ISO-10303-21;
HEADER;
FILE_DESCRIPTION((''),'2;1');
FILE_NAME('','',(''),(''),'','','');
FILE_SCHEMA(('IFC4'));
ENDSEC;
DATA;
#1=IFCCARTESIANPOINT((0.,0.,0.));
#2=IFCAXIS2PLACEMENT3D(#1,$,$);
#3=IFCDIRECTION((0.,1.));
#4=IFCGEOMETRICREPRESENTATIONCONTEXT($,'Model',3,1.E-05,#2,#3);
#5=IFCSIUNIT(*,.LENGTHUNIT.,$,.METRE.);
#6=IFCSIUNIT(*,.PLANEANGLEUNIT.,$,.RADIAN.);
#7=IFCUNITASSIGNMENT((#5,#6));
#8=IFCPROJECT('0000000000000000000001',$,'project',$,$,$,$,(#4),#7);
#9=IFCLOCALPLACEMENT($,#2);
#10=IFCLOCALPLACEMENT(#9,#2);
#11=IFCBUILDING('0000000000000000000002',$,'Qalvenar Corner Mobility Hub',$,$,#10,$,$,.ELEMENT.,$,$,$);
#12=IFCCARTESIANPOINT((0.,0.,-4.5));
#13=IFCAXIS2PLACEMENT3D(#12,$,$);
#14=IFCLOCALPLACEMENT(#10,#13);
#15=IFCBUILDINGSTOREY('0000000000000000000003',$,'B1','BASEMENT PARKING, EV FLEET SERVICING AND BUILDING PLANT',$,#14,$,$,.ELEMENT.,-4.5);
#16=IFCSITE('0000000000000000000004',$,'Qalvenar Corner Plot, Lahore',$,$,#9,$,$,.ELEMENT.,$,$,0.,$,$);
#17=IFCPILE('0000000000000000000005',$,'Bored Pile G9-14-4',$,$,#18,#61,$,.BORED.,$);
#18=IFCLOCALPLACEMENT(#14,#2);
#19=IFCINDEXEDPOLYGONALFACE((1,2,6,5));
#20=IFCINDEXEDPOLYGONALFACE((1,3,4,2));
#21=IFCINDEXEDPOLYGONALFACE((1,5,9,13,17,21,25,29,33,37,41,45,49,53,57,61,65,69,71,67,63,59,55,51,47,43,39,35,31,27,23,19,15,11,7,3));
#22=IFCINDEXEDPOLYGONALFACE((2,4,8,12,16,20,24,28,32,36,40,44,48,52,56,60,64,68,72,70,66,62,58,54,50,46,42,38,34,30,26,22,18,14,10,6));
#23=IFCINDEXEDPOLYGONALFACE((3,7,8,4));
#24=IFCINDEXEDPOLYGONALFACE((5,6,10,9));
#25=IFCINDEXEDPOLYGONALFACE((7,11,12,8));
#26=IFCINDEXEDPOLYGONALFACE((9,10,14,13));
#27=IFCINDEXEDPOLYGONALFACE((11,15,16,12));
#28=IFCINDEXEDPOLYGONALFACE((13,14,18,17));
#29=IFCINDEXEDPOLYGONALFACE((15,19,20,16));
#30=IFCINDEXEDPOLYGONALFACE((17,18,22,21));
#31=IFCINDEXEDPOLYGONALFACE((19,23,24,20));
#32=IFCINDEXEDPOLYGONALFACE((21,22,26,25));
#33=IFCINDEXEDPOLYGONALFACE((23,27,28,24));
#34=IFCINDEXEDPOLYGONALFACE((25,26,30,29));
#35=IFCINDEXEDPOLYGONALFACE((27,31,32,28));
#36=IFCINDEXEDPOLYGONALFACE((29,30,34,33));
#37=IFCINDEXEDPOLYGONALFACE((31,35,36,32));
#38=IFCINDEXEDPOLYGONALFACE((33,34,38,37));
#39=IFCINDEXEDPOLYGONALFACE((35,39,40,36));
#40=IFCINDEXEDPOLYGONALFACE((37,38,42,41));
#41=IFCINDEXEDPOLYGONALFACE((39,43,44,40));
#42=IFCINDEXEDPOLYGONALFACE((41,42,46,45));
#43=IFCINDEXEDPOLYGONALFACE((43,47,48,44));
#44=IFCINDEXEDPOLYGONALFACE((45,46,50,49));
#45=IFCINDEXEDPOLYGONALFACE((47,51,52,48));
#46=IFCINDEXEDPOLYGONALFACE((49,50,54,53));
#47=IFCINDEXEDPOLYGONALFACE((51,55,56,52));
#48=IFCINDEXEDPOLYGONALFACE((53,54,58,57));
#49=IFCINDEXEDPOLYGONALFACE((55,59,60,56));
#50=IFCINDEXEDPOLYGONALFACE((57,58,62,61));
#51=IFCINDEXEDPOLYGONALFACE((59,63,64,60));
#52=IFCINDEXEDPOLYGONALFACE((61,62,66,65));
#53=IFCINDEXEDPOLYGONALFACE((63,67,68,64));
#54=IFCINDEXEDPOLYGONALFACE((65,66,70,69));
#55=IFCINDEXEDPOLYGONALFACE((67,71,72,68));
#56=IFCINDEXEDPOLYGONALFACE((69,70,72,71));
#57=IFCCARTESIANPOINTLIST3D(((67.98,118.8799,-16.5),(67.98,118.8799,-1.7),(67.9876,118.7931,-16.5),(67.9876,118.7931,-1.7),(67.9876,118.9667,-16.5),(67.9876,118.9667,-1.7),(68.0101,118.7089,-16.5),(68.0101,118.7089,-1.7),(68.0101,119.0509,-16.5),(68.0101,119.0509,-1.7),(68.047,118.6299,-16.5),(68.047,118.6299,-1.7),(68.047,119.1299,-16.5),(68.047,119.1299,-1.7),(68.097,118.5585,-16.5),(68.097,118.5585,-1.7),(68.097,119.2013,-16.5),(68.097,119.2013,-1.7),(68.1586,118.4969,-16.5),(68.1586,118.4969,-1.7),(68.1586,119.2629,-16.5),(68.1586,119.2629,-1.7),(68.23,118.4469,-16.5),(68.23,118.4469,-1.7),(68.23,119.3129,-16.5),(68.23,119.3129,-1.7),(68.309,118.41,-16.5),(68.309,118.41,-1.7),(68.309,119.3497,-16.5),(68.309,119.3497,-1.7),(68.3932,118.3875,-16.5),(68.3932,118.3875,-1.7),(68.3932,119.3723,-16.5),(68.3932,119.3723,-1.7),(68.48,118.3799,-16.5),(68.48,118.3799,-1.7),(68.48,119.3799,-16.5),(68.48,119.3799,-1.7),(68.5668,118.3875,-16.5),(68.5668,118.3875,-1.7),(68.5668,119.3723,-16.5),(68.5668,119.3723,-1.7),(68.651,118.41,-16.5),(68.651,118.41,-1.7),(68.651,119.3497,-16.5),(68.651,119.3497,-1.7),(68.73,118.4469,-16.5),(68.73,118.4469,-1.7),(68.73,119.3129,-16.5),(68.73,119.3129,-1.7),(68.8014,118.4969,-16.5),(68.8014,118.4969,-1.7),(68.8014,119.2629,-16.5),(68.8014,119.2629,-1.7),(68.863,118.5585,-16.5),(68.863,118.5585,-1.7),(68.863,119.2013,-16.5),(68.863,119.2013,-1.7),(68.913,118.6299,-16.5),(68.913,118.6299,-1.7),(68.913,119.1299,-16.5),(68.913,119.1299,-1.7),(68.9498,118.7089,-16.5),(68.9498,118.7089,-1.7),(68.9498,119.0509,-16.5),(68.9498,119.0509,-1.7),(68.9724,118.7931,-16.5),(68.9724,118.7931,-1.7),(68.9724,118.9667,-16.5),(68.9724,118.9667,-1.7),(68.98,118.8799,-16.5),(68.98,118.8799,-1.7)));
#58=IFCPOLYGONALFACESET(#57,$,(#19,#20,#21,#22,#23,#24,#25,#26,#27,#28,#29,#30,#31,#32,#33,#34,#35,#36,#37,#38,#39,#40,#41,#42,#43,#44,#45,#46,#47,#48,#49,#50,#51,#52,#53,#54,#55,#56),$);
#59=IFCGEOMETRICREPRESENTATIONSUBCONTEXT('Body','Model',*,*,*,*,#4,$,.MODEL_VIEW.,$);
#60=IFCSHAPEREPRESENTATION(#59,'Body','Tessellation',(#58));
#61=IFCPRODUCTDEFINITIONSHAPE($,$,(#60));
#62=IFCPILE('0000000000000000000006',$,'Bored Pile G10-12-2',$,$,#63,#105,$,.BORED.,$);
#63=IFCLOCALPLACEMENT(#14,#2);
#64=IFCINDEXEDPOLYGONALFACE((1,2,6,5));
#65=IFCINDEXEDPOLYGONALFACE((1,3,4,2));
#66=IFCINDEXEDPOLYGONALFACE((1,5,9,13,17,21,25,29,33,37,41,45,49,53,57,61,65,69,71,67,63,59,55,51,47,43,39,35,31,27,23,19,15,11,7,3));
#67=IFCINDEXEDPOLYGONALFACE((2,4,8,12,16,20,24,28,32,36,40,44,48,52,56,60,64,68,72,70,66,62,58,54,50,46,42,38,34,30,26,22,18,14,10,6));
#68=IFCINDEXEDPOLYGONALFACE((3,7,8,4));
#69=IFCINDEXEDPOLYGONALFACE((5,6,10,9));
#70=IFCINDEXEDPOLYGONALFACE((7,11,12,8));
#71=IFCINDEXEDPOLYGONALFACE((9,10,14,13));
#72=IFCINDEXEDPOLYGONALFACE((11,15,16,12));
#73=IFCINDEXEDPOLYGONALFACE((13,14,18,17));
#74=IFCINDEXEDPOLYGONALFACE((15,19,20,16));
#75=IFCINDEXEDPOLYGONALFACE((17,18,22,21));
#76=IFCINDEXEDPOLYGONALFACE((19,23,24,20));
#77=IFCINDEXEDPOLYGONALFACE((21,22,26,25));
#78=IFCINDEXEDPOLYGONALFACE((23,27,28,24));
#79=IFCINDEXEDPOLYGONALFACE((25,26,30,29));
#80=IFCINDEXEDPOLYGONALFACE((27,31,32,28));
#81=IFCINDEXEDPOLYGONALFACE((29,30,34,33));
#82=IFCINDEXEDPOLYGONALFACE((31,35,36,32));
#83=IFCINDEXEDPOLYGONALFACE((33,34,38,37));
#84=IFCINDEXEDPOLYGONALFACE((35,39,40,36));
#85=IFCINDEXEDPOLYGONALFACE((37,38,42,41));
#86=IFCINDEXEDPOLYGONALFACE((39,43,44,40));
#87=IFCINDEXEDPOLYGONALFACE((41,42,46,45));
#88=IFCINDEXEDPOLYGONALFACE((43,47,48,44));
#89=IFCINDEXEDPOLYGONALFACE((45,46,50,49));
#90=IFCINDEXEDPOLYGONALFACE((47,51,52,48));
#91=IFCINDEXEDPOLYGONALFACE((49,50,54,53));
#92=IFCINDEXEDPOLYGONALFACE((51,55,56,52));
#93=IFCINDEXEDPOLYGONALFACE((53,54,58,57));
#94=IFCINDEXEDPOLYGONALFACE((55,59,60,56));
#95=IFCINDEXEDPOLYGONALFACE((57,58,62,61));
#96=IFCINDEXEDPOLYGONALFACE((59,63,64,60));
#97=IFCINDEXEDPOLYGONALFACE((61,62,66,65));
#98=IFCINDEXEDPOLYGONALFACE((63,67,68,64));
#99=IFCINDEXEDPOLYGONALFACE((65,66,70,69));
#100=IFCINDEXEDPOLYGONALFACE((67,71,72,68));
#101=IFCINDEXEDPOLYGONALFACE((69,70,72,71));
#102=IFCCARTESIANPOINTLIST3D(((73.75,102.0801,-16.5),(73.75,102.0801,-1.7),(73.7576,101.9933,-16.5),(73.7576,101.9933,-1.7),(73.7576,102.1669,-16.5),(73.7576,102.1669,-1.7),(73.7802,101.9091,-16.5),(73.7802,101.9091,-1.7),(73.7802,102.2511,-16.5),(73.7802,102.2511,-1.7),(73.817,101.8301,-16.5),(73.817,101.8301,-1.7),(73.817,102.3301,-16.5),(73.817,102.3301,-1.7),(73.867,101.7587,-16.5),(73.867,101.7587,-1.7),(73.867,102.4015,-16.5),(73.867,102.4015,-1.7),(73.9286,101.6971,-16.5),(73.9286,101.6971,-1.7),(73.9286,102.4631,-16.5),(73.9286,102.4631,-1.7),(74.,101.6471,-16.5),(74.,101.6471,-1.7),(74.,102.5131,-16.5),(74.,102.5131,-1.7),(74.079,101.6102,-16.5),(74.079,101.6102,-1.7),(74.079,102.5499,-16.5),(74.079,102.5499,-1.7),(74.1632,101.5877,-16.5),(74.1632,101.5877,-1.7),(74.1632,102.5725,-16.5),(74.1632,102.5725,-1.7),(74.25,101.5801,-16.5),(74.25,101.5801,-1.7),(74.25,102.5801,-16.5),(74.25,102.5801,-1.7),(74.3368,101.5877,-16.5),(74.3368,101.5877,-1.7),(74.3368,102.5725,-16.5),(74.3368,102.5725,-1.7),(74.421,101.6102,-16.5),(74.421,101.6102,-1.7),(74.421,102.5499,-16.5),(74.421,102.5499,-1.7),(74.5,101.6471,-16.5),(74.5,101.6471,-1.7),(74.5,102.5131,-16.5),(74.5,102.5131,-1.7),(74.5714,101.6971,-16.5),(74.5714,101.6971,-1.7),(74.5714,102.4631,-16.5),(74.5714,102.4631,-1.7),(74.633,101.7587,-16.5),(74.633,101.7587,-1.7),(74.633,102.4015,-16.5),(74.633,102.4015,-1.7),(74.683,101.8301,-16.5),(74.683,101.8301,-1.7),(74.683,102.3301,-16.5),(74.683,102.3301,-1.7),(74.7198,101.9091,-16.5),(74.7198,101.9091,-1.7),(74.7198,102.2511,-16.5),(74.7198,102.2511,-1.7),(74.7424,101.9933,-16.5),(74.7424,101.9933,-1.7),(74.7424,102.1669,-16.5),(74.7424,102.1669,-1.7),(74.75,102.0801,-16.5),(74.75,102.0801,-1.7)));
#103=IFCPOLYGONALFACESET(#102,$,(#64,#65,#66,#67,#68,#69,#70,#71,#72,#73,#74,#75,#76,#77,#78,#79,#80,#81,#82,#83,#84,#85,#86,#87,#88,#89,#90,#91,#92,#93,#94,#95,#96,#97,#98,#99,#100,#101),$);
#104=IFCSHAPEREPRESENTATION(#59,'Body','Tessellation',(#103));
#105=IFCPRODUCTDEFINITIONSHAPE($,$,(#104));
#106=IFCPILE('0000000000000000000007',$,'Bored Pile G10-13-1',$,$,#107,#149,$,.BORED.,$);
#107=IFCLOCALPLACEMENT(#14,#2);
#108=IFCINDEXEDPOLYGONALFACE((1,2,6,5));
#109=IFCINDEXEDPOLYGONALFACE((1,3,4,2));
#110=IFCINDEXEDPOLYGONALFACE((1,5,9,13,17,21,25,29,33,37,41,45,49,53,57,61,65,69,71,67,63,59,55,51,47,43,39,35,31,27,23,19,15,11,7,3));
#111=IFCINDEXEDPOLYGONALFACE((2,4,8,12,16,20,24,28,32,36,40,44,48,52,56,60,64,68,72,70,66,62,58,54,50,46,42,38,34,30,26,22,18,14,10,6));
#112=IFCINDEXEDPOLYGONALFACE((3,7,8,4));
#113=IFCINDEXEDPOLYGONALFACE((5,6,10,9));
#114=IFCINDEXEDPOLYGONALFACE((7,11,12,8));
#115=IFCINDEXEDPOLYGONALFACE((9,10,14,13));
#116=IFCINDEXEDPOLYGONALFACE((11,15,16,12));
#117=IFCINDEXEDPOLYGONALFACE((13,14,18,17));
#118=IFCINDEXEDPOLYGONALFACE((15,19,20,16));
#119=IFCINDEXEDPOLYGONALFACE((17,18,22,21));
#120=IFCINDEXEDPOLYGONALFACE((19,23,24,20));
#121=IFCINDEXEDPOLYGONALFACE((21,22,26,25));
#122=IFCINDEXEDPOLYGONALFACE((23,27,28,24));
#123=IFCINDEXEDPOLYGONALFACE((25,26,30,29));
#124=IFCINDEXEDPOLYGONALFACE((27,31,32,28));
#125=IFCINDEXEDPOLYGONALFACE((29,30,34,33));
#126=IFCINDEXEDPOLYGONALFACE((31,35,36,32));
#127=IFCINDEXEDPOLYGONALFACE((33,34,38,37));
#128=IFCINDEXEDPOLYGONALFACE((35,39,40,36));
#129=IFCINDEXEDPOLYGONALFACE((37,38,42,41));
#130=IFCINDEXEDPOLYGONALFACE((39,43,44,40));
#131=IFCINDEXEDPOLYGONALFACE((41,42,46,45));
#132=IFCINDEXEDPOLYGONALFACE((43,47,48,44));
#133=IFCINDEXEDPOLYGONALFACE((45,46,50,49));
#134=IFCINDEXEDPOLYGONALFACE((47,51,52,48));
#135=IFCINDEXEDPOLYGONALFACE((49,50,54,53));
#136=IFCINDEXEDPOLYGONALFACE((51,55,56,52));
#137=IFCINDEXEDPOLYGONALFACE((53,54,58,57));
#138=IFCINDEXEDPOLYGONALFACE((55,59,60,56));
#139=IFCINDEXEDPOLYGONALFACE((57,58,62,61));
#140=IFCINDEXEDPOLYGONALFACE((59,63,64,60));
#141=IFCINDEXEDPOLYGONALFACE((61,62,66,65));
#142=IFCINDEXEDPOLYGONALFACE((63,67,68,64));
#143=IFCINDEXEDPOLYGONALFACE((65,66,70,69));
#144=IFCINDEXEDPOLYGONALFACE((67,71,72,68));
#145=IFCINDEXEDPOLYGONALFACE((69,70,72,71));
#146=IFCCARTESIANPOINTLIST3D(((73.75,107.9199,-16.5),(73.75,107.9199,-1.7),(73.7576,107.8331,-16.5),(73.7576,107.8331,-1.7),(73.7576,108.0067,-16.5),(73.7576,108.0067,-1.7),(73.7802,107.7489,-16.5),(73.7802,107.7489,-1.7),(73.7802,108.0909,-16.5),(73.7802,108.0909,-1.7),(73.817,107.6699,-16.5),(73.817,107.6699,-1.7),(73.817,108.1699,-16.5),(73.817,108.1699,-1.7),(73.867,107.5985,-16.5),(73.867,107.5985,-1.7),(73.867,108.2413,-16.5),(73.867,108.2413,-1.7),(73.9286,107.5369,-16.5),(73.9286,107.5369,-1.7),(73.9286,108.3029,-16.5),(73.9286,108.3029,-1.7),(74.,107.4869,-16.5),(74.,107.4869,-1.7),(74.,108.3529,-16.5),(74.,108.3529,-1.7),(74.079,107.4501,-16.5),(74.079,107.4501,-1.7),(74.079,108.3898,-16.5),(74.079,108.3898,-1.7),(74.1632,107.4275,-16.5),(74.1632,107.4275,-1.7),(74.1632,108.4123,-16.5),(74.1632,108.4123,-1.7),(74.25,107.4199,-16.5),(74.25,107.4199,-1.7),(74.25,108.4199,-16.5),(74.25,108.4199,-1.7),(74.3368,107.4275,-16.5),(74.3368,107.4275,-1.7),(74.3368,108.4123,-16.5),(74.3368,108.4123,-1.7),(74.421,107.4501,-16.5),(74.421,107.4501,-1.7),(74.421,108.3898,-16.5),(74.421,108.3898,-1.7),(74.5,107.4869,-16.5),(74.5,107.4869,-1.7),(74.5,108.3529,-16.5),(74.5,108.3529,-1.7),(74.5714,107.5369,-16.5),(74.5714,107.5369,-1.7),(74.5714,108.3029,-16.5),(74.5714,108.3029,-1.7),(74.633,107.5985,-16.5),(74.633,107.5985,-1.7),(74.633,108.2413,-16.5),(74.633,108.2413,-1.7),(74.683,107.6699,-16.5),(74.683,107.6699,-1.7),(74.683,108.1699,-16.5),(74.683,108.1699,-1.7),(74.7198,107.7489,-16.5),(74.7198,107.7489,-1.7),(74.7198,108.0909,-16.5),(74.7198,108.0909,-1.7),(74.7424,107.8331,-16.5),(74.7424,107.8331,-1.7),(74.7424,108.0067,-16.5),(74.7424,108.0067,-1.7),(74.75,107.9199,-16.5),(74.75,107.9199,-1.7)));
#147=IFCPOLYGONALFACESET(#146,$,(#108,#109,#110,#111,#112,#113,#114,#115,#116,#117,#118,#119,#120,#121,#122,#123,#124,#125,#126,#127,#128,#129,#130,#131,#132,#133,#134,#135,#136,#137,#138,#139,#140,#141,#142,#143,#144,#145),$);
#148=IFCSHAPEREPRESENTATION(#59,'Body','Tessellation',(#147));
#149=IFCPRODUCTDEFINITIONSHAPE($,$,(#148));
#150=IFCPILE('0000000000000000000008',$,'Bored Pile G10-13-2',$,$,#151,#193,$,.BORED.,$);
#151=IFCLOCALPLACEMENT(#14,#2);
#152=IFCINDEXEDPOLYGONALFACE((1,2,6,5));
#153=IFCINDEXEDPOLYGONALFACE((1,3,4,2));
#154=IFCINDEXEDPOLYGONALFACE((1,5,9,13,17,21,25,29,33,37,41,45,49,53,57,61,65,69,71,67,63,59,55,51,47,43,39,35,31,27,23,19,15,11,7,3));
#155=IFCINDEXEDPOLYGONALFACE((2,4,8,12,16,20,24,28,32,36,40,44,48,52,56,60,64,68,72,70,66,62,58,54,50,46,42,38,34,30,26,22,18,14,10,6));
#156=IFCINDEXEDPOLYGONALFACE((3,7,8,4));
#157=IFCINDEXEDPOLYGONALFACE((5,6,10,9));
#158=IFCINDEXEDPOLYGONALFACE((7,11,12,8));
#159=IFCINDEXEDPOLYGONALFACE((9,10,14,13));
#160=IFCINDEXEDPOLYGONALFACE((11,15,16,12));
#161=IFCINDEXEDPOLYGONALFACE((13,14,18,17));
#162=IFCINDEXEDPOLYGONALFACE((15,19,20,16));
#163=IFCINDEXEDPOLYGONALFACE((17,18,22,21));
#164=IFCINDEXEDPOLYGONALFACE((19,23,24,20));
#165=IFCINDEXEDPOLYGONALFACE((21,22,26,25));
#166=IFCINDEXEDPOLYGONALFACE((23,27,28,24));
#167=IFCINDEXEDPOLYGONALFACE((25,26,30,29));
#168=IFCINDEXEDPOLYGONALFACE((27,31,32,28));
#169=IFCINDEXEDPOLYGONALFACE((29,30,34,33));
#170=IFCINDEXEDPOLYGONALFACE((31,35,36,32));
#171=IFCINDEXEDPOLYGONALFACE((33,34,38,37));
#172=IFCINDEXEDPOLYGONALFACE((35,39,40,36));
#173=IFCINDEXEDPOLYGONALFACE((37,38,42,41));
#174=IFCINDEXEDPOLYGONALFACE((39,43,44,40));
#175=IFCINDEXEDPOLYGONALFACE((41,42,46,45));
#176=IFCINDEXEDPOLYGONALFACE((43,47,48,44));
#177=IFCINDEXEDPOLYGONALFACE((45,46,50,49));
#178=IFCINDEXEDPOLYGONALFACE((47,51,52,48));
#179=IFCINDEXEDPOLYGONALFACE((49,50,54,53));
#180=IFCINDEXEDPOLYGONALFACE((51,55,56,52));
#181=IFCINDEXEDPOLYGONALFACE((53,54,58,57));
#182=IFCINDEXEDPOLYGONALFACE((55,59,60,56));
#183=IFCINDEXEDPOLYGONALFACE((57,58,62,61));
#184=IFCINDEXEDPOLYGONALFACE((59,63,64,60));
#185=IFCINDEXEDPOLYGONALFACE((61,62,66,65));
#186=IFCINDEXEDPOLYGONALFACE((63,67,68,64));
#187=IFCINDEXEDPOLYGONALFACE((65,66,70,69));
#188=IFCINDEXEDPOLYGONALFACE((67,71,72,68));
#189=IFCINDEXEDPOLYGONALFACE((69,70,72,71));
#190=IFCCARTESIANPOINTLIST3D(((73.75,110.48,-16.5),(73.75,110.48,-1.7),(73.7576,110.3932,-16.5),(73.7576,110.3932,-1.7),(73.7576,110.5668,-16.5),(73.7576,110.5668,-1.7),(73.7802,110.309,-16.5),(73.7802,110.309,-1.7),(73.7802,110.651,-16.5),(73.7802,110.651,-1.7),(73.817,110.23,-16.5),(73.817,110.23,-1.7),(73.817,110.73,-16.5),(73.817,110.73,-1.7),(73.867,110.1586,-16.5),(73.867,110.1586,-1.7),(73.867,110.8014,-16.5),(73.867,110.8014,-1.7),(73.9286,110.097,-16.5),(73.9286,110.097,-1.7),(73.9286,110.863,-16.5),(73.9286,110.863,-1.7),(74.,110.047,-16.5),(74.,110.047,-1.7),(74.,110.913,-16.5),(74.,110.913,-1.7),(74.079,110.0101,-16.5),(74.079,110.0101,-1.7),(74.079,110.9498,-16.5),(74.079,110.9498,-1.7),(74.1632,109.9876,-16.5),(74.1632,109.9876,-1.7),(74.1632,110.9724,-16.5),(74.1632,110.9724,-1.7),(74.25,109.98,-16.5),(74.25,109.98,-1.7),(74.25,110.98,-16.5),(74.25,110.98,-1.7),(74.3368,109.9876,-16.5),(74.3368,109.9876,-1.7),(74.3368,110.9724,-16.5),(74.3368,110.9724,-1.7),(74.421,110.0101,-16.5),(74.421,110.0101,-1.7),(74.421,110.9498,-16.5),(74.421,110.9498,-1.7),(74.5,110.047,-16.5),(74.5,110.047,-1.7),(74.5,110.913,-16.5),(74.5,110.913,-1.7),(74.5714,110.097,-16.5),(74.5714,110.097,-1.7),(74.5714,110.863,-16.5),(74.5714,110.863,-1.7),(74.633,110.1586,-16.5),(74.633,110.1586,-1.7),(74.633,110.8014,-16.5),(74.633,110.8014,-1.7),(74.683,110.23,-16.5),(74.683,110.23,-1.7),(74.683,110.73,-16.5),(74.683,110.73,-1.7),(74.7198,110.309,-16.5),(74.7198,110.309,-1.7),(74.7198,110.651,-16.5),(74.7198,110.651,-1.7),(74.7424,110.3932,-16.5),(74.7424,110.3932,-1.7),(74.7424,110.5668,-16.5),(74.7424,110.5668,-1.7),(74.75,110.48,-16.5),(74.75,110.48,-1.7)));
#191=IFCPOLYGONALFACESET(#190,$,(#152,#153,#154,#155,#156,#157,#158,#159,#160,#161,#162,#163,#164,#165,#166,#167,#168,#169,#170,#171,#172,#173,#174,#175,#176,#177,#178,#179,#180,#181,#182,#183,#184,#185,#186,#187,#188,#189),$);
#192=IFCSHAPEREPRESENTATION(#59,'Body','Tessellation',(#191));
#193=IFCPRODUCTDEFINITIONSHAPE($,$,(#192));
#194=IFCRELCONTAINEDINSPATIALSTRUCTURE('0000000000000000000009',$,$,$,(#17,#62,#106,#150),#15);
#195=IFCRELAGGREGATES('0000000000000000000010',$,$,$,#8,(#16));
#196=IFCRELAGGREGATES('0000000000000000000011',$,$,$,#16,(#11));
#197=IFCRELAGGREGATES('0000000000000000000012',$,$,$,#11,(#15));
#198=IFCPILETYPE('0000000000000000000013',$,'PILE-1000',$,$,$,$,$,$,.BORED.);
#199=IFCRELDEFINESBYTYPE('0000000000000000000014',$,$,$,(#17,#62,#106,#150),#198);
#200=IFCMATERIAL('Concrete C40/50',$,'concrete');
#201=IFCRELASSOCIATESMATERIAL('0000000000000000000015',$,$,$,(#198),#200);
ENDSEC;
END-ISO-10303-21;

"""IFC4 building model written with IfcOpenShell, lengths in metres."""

from ifc_helpers import new_model, si_unit, direction, frame, origin, origin_2d, place, context, subcontext, project, spatial, circle, extrude, material, material_profile, profile_set, type_object, element, save


model = new_model("IFC4")

# Units and contexts
model_context = context("Model", 3, precision=1e-05, world=origin(), true_north=direction((0.0, 1.0)))
body_context = subcontext(model_context, "Body", "Model", "MODEL_VIEW")
ifc_project = project(units=[si_unit("LENGTHUNIT", "METRE"), si_unit("PLANEANGLEUNIT", "RADIAN")], contexts=[model_context])

# Site, building, storey
site_placement = place(None, origin())
site = spatial("IfcSite", under=ifc_project, at=site_placement, Name="Qalvenar Corner Plot, Lahore", CompositionType="ELEMENT", RefElevation=0.0)
building_placement = place(site_placement, origin())
building = spatial("IfcBuilding", under=site, at=building_placement, Name="Qalvenar Corner Mobility Hub", CompositionType="ELEMENT")
storey_placement = place(building_placement, frame((0.0, 0.0, -4.5)))
storey = spatial("IfcBuildingStorey", under=building, at=storey_placement, Name="B1", Description="BASEMENT PARKING, EV FLEET SERVICING AND BUILDING PLANT", CompositionType="ELEMENT", Elevation=-4.5)

# Shared definitions
ifc_material_1 = material(Name="Concrete C40/50", Category="concrete")

# Piles
ifc_material_profile_1 = material_profile(ifc_material_1, circle(Radius=0.5, at=origin_2d()), Name="DIA1000")
ifc_profile_set_1 = profile_set([ifc_material_profile_1], Name="Concrete C40/50")
pile_type = type_object("IfcPileType", Name="PILE-1000", PredefinedType="BORED", material=ifc_profile_set_1)
for number, where, z_axis, x_axis, name in (
    (1, (68.48, 118.8799, -1.7), (0.0, 0.0, -1.0), (1.0, 0.0, 0.0), "Bored Pile G9-14-4"),
    (2, (74.25, 102.0801, -1.7), (0.0, 0.0, -1.0), (1.0, 0.0, 0.0), "Bored Pile G10-12-2"),
    (3, (74.25, 107.9199, -1.7), (0.0, 0.0, -1.0), (1.0, 0.0, 0.0), "Bored Pile G10-13-1"),
    (4, (74.25, 110.48, -1.7), (0.0, 0.0, -1.0), (1.0, 0.0, 0.0), "Bored Pile G10-13-2"),
):
    element("IfcPile", number, at=place(storey_placement, frame(where, z_axis=z_axis, x_axis=x_axis)), inside=storey, type_object=pile_type, Name=name, PredefinedType="BORED", context=body_context, shape_type="SweptSolid", body=[
        extrude(circle(Radius=0.5, at=origin_2d()), origin(), (0.0, 0.0, 1.0), 14.8),
    ])

save(model, "model.ifc")
